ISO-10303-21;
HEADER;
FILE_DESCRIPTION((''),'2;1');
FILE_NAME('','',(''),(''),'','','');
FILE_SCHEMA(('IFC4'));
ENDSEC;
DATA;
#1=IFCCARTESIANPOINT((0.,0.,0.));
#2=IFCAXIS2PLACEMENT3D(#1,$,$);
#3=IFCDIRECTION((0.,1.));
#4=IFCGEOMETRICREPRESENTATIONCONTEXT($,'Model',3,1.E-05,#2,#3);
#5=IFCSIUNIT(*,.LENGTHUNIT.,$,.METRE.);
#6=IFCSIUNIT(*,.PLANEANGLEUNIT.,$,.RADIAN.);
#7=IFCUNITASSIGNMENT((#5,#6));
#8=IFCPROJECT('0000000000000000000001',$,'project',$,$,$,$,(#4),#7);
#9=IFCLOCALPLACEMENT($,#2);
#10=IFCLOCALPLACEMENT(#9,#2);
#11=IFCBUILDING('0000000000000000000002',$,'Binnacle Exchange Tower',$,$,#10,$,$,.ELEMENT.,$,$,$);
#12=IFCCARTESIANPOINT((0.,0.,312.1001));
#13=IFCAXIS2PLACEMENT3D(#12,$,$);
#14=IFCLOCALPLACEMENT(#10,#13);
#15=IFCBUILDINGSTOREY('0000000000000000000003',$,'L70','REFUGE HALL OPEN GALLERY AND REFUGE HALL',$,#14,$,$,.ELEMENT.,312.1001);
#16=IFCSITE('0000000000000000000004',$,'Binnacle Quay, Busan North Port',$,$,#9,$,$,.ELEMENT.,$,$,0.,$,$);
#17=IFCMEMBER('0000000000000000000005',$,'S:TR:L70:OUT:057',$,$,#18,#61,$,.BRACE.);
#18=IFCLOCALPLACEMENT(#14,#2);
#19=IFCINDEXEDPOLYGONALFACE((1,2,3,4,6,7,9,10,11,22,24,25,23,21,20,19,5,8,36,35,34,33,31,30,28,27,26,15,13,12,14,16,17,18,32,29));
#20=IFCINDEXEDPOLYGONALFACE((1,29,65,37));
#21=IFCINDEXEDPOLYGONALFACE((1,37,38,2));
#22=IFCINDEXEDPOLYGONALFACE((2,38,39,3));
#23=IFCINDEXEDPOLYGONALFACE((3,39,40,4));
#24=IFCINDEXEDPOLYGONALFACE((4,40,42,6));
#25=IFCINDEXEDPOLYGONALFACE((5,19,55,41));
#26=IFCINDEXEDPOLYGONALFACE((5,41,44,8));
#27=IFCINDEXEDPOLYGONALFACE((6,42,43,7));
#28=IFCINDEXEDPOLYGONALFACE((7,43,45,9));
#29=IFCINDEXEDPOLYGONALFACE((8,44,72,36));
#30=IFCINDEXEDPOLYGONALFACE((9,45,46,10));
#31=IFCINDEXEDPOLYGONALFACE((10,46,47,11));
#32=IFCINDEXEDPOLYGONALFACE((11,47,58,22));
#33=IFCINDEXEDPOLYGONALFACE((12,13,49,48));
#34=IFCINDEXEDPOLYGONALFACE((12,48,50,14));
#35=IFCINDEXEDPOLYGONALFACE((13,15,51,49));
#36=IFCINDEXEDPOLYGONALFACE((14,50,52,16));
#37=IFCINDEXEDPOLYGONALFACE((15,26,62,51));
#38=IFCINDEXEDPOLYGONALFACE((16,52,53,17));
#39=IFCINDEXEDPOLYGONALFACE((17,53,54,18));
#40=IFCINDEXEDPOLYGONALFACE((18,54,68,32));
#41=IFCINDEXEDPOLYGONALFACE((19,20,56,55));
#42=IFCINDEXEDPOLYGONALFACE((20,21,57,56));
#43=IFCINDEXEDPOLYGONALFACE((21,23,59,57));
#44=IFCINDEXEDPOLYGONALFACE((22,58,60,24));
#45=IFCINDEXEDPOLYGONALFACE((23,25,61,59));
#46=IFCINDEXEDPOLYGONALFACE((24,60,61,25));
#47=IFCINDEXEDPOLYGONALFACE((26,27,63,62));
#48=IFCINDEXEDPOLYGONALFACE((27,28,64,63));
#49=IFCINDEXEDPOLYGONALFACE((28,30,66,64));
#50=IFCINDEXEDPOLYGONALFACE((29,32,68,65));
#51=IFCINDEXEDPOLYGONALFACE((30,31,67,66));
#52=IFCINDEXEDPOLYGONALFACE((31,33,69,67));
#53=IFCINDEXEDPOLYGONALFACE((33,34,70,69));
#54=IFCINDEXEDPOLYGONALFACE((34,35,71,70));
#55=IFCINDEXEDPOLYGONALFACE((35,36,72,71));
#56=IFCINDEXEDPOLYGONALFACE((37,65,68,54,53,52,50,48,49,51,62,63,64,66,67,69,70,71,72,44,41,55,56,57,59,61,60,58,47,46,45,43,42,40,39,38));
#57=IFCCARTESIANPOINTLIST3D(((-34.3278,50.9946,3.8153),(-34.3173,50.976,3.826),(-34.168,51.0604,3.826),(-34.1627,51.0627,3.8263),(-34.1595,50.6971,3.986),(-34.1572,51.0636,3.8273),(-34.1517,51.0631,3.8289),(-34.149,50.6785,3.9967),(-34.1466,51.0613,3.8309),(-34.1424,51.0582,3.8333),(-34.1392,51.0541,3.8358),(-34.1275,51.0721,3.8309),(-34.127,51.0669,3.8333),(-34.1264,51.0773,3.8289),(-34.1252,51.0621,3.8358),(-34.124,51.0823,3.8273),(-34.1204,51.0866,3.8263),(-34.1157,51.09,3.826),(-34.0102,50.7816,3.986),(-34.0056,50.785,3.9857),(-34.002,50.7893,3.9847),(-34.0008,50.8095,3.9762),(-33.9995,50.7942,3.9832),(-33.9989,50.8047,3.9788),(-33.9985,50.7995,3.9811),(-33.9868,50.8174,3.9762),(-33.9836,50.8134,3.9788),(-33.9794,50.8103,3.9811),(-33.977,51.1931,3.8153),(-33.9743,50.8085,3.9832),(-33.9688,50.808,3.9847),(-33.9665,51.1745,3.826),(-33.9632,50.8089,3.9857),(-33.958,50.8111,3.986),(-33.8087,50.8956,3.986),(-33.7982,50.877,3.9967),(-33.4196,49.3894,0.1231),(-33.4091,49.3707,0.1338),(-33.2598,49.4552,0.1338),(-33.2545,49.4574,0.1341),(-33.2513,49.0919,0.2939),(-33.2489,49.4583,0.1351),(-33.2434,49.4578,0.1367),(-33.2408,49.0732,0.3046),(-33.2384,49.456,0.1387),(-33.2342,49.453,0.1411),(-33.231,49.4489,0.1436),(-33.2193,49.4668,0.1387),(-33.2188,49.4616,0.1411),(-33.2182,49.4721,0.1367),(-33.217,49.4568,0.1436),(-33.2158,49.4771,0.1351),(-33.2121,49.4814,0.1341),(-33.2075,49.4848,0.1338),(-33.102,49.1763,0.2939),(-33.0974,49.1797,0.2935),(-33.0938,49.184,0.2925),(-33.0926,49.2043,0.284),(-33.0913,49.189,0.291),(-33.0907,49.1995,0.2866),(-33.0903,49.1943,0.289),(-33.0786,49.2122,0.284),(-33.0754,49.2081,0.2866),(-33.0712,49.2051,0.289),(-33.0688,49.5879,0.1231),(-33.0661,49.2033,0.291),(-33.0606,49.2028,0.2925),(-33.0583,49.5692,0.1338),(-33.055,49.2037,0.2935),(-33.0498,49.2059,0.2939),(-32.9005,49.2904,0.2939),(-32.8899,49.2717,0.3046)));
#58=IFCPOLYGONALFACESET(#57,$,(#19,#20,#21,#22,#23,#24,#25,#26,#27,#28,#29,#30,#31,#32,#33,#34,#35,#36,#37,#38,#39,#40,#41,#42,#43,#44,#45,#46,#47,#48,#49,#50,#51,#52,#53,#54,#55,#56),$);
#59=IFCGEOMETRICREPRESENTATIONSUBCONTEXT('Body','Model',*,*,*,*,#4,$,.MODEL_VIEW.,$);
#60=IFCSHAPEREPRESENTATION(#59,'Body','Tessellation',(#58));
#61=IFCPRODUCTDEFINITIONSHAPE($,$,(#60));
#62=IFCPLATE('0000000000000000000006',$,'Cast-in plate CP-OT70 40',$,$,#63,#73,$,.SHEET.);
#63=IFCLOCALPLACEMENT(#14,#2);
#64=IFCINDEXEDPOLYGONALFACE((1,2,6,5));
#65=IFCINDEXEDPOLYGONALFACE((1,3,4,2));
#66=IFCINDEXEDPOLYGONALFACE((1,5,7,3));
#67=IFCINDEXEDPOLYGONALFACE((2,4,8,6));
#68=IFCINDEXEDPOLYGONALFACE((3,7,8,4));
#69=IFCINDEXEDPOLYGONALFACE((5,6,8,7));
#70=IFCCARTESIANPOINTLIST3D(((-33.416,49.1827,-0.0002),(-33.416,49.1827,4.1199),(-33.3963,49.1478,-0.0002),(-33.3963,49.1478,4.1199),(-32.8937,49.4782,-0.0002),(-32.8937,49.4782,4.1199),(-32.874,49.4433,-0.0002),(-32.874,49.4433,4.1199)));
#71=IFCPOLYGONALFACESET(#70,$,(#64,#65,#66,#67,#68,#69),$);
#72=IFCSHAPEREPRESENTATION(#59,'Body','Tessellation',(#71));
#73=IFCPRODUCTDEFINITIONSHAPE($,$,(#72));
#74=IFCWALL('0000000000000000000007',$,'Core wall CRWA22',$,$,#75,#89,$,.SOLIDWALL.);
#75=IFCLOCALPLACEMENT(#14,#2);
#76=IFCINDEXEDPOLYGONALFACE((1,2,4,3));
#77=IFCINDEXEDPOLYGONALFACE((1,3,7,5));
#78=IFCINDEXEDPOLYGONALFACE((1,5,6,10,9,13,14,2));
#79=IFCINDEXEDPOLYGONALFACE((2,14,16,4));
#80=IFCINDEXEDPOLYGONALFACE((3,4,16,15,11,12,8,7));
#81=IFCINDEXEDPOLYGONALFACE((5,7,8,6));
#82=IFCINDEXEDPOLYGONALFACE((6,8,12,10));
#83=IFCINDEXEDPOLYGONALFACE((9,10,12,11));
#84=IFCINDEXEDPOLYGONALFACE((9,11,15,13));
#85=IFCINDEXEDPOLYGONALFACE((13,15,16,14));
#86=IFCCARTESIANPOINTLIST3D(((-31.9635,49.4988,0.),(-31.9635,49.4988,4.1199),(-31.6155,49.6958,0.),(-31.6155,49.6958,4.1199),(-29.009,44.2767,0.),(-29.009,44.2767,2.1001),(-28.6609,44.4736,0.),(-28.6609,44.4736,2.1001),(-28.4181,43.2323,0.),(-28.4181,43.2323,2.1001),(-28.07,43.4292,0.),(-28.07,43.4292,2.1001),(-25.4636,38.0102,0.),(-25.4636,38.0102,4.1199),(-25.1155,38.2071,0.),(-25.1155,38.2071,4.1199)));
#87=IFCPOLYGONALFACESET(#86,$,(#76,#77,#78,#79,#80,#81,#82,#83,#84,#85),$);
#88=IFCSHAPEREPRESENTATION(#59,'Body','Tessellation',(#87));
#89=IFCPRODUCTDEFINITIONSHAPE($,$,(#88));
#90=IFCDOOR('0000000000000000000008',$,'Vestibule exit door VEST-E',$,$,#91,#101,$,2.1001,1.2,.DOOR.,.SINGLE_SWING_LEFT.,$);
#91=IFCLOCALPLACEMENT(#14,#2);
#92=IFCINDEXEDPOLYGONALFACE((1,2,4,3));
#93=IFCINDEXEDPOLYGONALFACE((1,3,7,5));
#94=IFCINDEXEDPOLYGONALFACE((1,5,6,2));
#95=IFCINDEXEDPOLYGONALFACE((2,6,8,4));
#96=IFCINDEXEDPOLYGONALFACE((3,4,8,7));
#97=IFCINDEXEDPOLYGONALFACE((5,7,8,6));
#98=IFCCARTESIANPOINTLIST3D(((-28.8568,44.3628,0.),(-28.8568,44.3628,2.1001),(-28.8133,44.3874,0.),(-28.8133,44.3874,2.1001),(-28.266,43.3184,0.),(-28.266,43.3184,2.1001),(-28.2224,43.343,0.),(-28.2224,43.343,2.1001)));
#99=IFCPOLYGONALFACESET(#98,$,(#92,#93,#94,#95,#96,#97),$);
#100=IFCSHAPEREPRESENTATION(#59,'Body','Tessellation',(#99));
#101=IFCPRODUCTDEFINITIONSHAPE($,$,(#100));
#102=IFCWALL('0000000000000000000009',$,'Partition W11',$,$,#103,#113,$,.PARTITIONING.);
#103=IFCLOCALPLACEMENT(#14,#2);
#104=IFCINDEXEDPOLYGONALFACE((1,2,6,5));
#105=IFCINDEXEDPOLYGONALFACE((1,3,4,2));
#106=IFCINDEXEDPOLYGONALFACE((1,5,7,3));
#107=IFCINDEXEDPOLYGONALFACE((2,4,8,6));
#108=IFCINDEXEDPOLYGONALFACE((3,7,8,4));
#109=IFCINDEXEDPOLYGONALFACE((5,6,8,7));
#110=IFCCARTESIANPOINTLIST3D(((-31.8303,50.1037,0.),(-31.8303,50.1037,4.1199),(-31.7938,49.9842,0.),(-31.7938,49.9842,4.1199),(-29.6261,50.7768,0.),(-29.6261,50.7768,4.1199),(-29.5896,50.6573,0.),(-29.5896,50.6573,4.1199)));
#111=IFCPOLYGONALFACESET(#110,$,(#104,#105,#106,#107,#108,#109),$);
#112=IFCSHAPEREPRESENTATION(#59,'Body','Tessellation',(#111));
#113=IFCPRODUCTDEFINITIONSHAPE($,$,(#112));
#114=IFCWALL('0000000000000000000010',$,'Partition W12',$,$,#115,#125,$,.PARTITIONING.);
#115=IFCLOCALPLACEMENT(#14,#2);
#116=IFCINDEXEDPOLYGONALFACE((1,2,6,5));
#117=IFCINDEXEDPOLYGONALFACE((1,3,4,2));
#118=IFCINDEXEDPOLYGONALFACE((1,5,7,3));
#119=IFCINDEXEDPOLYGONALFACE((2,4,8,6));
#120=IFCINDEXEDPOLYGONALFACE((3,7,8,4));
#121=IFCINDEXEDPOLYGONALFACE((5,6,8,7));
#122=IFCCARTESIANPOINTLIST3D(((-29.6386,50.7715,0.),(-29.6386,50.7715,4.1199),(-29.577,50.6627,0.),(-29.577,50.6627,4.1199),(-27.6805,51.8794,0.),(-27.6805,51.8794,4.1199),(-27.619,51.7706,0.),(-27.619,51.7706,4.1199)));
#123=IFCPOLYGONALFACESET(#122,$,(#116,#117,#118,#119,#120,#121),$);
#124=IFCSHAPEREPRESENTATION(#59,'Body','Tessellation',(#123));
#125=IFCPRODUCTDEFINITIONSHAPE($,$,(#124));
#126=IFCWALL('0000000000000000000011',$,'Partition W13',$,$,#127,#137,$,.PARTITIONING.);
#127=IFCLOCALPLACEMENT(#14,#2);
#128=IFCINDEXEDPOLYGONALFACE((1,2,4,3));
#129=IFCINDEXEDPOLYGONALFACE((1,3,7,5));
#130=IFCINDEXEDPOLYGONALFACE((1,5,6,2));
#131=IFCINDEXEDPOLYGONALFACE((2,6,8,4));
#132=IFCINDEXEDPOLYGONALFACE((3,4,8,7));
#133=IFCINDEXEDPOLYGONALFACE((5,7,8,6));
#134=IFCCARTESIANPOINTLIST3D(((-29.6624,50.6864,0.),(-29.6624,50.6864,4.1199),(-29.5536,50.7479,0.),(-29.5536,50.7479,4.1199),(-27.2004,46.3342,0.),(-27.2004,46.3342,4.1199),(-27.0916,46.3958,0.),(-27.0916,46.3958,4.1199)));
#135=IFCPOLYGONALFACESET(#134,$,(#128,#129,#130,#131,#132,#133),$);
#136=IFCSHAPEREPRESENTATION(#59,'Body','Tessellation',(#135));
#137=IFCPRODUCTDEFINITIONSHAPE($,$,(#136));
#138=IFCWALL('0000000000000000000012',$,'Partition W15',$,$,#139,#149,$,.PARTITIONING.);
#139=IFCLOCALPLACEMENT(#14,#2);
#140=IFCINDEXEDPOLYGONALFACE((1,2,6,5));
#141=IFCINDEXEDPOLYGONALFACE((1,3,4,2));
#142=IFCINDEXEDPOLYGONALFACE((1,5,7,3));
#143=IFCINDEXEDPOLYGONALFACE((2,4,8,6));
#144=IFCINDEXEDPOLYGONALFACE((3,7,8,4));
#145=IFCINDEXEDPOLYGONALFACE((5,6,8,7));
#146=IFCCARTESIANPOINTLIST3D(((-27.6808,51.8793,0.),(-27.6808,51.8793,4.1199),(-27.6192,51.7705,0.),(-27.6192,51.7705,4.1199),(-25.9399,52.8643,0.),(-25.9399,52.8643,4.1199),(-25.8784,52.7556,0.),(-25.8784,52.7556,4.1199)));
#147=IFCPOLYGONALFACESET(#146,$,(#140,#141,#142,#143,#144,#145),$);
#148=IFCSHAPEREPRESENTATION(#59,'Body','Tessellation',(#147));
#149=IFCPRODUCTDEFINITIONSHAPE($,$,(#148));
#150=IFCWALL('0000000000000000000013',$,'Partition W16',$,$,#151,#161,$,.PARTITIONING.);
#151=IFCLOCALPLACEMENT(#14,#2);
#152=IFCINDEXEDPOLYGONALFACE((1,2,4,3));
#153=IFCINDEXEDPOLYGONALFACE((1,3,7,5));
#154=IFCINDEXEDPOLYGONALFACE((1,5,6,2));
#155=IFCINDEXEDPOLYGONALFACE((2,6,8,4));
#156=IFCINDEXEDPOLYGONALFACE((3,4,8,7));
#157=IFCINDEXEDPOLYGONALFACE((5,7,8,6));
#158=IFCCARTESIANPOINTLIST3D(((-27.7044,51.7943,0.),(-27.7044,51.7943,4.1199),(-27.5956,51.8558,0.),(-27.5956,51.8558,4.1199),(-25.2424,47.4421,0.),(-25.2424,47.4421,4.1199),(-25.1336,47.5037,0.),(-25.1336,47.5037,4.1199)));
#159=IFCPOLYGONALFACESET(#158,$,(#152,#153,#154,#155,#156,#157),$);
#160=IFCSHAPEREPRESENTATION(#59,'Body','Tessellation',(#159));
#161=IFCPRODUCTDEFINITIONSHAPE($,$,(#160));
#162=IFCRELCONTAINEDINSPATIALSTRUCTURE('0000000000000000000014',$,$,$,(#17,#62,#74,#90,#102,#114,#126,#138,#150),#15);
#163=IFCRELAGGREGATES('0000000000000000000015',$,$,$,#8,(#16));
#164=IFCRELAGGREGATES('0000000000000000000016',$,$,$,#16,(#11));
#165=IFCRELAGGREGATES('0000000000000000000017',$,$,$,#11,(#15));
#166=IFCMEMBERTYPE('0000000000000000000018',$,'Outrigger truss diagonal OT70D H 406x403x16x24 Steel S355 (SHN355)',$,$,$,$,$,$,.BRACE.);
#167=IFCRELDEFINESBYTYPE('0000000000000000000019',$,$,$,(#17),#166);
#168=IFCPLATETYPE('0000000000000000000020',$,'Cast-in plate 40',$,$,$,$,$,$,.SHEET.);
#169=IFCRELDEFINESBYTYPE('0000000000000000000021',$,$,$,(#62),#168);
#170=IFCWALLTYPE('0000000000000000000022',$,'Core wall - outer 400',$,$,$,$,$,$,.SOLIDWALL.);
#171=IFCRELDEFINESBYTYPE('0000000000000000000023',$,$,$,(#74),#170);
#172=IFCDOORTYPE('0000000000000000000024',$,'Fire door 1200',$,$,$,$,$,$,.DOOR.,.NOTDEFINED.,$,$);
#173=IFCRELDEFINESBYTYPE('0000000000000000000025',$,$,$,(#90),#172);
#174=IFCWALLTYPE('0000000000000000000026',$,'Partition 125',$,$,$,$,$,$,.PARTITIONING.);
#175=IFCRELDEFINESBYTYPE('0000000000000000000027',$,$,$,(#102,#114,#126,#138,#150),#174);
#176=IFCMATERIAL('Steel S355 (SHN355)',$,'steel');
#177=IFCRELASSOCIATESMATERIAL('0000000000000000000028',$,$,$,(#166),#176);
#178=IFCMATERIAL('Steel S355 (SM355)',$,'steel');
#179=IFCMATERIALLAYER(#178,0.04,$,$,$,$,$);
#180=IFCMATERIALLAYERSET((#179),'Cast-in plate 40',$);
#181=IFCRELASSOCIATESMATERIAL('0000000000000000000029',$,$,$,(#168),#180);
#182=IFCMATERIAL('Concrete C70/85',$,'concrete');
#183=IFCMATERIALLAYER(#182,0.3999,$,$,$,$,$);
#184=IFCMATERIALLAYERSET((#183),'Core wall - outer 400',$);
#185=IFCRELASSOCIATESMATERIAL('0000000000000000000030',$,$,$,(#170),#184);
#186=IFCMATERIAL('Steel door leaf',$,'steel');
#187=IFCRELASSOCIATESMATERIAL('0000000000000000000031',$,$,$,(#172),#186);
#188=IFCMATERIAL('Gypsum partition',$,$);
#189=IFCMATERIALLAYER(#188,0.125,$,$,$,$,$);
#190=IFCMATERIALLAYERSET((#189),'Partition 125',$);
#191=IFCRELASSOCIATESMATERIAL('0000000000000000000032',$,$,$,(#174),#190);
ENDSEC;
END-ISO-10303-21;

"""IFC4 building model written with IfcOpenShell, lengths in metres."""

from ifc_helpers import new_model, si_unit, direction, frame, frame_2d, origin, origin_2d, place, context, subcontext, project, spatial, rectangle, i_section, extrude, material, layer, layer_set, material_profile, profile_set, type_object, element, fill, save


model = new_model("IFC4")

# Units and contexts
model_context = context("Model", 3, precision=1e-05, world=origin(), true_north=direction((0.0, 1.0)))
body_context = subcontext(model_context, "Body", "Model", "MODEL_VIEW")
ifc_project = project(units=[si_unit("LENGTHUNIT", "METRE"), si_unit("PLANEANGLEUNIT", "RADIAN")], contexts=[model_context])

# Site, building, storey
site_placement = place(None, origin())
site = spatial("IfcSite", under=ifc_project, at=site_placement, Name="Binnacle Quay, Busan North Port", CompositionType="ELEMENT", RefElevation=0.0)
building_placement = place(site_placement, origin())
building = spatial("IfcBuilding", under=site, at=building_placement, Name="Binnacle Exchange Tower", CompositionType="ELEMENT")
storey_placement = place(building_placement, frame((0.0, 0.0, 312.1001)))
storey = spatial("IfcBuildingStorey", under=building, at=storey_placement, Name="L70", Description="REFUGE HALL OPEN GALLERY AND REFUGE HALL", CompositionType="ELEMENT", Elevation=312.1001)

# Shared definitions
ifc_material_1 = material(Name="Steel S355 (SHN355)", Category="steel")

# Member
ifc_material_profile_1 = material_profile(ifc_material_1, i_section(OverallWidth=0.4031, OverallDepth=0.406, WebThickness=0.0161, FlangeThickness=0.0239, FilletRadius=0.022, at=origin_2d()), Name="H 406x403x16x24")
ifc_profile_set_1 = profile_set([ifc_material_profile_1], Name="Steel S355 (SHN355)")
member_type_1 = type_object("IfcMemberType", Name="Outrigger truss diagonal OT70D H 406x403x16x24 Steel S355 (SHN355)", PredefinedType="BRACE", material=ifc_profile_set_1)
member_1_placement = place(storey_placement, frame((-34.063, 50.9358, 3.906), z_axis=(0.220055, -0.388941, -0.894595), x_axis=(0.870353, 0.492428, 0.0)))
element("IfcMember", 1, at=member_1_placement, inside=storey, type_object=member_type_1, Name="S:TR:L70:OUT:057", PredefinedType="BRACE", context=body_context, shape_type="SweptSolid", body=[
    extrude(i_section(OverallWidth=0.4031, OverallDepth=0.406, WebThickness=0.0161, FlangeThickness=0.0239, FilletRadius=0.022, at=origin_2d()), origin(), (0.0, 0.0, 1.0), 4.1272),
])

# Plate
ifc_material_2 = material(Name="Steel S355 (SM355)", Category="steel")
ifc_layer_1 = layer(ifc_material_2, 0.04)
ifc_layer_set_1 = layer_set([ifc_layer_1], Name="Cast-in plate 40")
plate_type = type_object("IfcPlateType", Name="Cast-in plate 40", PredefinedType="SHEET", material=ifc_layer_set_1)
plate_placement = place(storey_placement, frame((-33.145, 49.313, -0.0002), z_axis=(0.0, 0.0, 1.0), x_axis=(0.492424, -0.870356, 0.0)))
element("IfcPlate", 2, at=plate_placement, inside=storey, type_object=plate_type, Name="Cast-in plate CP-OT70 40", PredefinedType="SHEET", context=body_context, shape_type="SweptSolid", body=[
    extrude(rectangle(XDim=0.04, YDim=0.6001, at=origin_2d()), origin(), (0.0, 0.0, 1.0), 4.1201),
])

# Wall, opening, door
ifc_material_3 = material(Name="Concrete C70/85", Category="concrete")
ifc_layer_2 = layer(ifc_material_3, 0.3999)
ifc_layer_set_2 = layer_set([ifc_layer_2], Name="Core wall - outer 400")
wall_type_1 = type_object("IfcWallType", Name="Core wall - outer 400", PredefinedType="SOLIDWALL", material=ifc_layer_set_2)
wall_1_placement = place(storey_placement, frame((-31.7896, 49.5974, 0.0), z_axis=(0.0, 0.0, 1.0), x_axis=(0.492422, -0.870357, 0.0)))
wall_1 = element("IfcWall", 3, at=wall_1_placement, inside=storey, type_object=wall_type_1, Name="Core wall CRWA22", PredefinedType="SOLIDWALL", context=body_context, shape_type="SweptSolid", body=[
    extrude(rectangle(XDim=13.2, YDim=0.3999, at=frame_2d((6.6001, 0.0))), origin(), (0.0, 0.0, 1.0), 4.1199),
])
opening_1_placement = place(wall_1_placement, frame((6.0, 0.0, 0.0)))
opening_1 = element("IfcOpeningElement", 4, at=opening_1_placement, cuts=wall_1, PredefinedType="OPENING", context=body_context, shape_type="SweptSolid", body=[
    extrude(rectangle(XDim=1.2, YDim=2.1001, at=frame_2d((0.6001, 1.05))), frame((0.0, 0.21, 0.0), z_axis=(0.0, -1.0, 0.0), x_axis=(1.0, 0.0, 0.0)), (0.0, 0.0, 1.0), 0.4199),
])
ifc_material_4 = material(Name="Steel door leaf", Category="steel")
door_type_1 = type_object("IfcDoorType", Name="Fire door 1200", OperationType="NOTDEFINED", PredefinedType="DOOR", material=ifc_material_4)
door_1_placement = place(opening_1_placement, origin())
door_1 = element("IfcDoor", 5, at=door_1_placement, inside=storey, type_object=door_type_1, Name="Vestibule exit door VEST-E", OperationType="SINGLE_SWING_LEFT", OverallHeight=2.1001, OverallWidth=1.2, PredefinedType="DOOR", context=body_context, shape_type="SweptSolid", body=[
    extrude(rectangle(XDim=1.2, YDim=2.1001, at=frame_2d((0.6001, 1.05))), frame((0.0, 0.0249, 0.0), z_axis=(0.0, -1.0, 0.0), x_axis=(1.0, 0.0, 0.0)), (0.0, 0.0, 1.0), 0.05),
])
fill(opening_1, door_1)

# Walls
ifc_material_5 = material(Name="Gypsum partition")
ifc_layer_3 = layer(ifc_material_5, 0.125)
ifc_layer_set_3 = layer_set([ifc_layer_3], Name="Partition 125")
wall_type_2 = type_object("IfcWallType", Name="Partition 125", PredefinedType="PARTITIONING", material=ifc_layer_set_3)
wall_2_placement = place(storey_placement, frame((-31.812, 50.0439, 0.0), z_axis=(0.0, 0.0, 1.0), x_axis=(0.956398, 0.292068, 0.0)))
element("IfcWall", 6, at=wall_2_placement, inside=storey, type_object=wall_type_2, Name="Partition W11", PredefinedType="PARTITIONING", context=body_context, shape_type="SweptSolid", body=[
    extrude(rectangle(XDim=2.3047, YDim=0.125, at=frame_2d((1.1523, 0.0))), origin(), (0.0, 0.0, 1.0), 4.1199),
])
wall_3_placement = place(storey_placement, frame((-29.6079, 50.717, 0.0), z_axis=(0.0, 0.0, 1.0), x_axis=(0.870332, 0.492465, 0.0)))
element("IfcWall", 7, at=wall_3_placement, inside=storey, type_object=wall_type_2, Name="Partition W12", PredefinedType="PARTITIONING", context=body_context, shape_type="SweptSolid", body=[
    extrude(rectangle(XDim=2.2498, YDim=0.125, at=frame_2d((1.125, 0.0))), origin(), (0.0, 0.0, 1.0), 4.1199),
])
wall_4_placement = place(storey_placement, frame((-29.6079, 50.717, 0.0), z_axis=(0.0, 0.0, 1.0), x_axis=(0.492369, -0.870386, 0.0)))
element("IfcWall", 8, at=wall_4_placement, inside=storey, type_object=wall_type_2, Name="Partition W13", PredefinedType="PARTITIONING", context=body_context, shape_type="SweptSolid", body=[
    extrude(rectangle(XDim=5.0002, YDim=0.125, at=frame_2d((2.5, 0.0))), origin(), (0.0, 0.0, 1.0), 4.1199),
])
wall_5_placement = place(storey_placement, frame((-27.6499, 51.825, 0.0), z_axis=(0.0, 0.0, 1.0), x_axis=(0.870331, 0.492467, 0.0)))
element("IfcWall", 9, at=wall_5_placement, inside=storey, type_object=wall_type_2, Name="Partition W15", PredefinedType="PARTITIONING", context=body_context, shape_type="SweptSolid", body=[
    extrude(rectangle(XDim=2.0002, YDim=0.125, at=frame_2d((1.0, 0.0))), origin(), (0.0, 0.0, 1.0), 4.1199),
])
wall_6_placement = place(storey_placement, frame((-27.6499, 51.825, 0.0), z_axis=(0.0, 0.0, 1.0), x_axis=(0.492369, -0.870386, 0.0)))
element("IfcWall", 10, at=wall_6_placement, inside=storey, type_object=wall_type_2, Name="Partition W16", PredefinedType="PARTITIONING", context=body_context, shape_type="SweptSolid", body=[
    extrude(rectangle(XDim=5.0002, YDim=0.125, at=frame_2d((2.5, 0.0))), origin(), (0.0, 0.0, 1.0), 4.1199),
])

save(model, "model.ifc")
